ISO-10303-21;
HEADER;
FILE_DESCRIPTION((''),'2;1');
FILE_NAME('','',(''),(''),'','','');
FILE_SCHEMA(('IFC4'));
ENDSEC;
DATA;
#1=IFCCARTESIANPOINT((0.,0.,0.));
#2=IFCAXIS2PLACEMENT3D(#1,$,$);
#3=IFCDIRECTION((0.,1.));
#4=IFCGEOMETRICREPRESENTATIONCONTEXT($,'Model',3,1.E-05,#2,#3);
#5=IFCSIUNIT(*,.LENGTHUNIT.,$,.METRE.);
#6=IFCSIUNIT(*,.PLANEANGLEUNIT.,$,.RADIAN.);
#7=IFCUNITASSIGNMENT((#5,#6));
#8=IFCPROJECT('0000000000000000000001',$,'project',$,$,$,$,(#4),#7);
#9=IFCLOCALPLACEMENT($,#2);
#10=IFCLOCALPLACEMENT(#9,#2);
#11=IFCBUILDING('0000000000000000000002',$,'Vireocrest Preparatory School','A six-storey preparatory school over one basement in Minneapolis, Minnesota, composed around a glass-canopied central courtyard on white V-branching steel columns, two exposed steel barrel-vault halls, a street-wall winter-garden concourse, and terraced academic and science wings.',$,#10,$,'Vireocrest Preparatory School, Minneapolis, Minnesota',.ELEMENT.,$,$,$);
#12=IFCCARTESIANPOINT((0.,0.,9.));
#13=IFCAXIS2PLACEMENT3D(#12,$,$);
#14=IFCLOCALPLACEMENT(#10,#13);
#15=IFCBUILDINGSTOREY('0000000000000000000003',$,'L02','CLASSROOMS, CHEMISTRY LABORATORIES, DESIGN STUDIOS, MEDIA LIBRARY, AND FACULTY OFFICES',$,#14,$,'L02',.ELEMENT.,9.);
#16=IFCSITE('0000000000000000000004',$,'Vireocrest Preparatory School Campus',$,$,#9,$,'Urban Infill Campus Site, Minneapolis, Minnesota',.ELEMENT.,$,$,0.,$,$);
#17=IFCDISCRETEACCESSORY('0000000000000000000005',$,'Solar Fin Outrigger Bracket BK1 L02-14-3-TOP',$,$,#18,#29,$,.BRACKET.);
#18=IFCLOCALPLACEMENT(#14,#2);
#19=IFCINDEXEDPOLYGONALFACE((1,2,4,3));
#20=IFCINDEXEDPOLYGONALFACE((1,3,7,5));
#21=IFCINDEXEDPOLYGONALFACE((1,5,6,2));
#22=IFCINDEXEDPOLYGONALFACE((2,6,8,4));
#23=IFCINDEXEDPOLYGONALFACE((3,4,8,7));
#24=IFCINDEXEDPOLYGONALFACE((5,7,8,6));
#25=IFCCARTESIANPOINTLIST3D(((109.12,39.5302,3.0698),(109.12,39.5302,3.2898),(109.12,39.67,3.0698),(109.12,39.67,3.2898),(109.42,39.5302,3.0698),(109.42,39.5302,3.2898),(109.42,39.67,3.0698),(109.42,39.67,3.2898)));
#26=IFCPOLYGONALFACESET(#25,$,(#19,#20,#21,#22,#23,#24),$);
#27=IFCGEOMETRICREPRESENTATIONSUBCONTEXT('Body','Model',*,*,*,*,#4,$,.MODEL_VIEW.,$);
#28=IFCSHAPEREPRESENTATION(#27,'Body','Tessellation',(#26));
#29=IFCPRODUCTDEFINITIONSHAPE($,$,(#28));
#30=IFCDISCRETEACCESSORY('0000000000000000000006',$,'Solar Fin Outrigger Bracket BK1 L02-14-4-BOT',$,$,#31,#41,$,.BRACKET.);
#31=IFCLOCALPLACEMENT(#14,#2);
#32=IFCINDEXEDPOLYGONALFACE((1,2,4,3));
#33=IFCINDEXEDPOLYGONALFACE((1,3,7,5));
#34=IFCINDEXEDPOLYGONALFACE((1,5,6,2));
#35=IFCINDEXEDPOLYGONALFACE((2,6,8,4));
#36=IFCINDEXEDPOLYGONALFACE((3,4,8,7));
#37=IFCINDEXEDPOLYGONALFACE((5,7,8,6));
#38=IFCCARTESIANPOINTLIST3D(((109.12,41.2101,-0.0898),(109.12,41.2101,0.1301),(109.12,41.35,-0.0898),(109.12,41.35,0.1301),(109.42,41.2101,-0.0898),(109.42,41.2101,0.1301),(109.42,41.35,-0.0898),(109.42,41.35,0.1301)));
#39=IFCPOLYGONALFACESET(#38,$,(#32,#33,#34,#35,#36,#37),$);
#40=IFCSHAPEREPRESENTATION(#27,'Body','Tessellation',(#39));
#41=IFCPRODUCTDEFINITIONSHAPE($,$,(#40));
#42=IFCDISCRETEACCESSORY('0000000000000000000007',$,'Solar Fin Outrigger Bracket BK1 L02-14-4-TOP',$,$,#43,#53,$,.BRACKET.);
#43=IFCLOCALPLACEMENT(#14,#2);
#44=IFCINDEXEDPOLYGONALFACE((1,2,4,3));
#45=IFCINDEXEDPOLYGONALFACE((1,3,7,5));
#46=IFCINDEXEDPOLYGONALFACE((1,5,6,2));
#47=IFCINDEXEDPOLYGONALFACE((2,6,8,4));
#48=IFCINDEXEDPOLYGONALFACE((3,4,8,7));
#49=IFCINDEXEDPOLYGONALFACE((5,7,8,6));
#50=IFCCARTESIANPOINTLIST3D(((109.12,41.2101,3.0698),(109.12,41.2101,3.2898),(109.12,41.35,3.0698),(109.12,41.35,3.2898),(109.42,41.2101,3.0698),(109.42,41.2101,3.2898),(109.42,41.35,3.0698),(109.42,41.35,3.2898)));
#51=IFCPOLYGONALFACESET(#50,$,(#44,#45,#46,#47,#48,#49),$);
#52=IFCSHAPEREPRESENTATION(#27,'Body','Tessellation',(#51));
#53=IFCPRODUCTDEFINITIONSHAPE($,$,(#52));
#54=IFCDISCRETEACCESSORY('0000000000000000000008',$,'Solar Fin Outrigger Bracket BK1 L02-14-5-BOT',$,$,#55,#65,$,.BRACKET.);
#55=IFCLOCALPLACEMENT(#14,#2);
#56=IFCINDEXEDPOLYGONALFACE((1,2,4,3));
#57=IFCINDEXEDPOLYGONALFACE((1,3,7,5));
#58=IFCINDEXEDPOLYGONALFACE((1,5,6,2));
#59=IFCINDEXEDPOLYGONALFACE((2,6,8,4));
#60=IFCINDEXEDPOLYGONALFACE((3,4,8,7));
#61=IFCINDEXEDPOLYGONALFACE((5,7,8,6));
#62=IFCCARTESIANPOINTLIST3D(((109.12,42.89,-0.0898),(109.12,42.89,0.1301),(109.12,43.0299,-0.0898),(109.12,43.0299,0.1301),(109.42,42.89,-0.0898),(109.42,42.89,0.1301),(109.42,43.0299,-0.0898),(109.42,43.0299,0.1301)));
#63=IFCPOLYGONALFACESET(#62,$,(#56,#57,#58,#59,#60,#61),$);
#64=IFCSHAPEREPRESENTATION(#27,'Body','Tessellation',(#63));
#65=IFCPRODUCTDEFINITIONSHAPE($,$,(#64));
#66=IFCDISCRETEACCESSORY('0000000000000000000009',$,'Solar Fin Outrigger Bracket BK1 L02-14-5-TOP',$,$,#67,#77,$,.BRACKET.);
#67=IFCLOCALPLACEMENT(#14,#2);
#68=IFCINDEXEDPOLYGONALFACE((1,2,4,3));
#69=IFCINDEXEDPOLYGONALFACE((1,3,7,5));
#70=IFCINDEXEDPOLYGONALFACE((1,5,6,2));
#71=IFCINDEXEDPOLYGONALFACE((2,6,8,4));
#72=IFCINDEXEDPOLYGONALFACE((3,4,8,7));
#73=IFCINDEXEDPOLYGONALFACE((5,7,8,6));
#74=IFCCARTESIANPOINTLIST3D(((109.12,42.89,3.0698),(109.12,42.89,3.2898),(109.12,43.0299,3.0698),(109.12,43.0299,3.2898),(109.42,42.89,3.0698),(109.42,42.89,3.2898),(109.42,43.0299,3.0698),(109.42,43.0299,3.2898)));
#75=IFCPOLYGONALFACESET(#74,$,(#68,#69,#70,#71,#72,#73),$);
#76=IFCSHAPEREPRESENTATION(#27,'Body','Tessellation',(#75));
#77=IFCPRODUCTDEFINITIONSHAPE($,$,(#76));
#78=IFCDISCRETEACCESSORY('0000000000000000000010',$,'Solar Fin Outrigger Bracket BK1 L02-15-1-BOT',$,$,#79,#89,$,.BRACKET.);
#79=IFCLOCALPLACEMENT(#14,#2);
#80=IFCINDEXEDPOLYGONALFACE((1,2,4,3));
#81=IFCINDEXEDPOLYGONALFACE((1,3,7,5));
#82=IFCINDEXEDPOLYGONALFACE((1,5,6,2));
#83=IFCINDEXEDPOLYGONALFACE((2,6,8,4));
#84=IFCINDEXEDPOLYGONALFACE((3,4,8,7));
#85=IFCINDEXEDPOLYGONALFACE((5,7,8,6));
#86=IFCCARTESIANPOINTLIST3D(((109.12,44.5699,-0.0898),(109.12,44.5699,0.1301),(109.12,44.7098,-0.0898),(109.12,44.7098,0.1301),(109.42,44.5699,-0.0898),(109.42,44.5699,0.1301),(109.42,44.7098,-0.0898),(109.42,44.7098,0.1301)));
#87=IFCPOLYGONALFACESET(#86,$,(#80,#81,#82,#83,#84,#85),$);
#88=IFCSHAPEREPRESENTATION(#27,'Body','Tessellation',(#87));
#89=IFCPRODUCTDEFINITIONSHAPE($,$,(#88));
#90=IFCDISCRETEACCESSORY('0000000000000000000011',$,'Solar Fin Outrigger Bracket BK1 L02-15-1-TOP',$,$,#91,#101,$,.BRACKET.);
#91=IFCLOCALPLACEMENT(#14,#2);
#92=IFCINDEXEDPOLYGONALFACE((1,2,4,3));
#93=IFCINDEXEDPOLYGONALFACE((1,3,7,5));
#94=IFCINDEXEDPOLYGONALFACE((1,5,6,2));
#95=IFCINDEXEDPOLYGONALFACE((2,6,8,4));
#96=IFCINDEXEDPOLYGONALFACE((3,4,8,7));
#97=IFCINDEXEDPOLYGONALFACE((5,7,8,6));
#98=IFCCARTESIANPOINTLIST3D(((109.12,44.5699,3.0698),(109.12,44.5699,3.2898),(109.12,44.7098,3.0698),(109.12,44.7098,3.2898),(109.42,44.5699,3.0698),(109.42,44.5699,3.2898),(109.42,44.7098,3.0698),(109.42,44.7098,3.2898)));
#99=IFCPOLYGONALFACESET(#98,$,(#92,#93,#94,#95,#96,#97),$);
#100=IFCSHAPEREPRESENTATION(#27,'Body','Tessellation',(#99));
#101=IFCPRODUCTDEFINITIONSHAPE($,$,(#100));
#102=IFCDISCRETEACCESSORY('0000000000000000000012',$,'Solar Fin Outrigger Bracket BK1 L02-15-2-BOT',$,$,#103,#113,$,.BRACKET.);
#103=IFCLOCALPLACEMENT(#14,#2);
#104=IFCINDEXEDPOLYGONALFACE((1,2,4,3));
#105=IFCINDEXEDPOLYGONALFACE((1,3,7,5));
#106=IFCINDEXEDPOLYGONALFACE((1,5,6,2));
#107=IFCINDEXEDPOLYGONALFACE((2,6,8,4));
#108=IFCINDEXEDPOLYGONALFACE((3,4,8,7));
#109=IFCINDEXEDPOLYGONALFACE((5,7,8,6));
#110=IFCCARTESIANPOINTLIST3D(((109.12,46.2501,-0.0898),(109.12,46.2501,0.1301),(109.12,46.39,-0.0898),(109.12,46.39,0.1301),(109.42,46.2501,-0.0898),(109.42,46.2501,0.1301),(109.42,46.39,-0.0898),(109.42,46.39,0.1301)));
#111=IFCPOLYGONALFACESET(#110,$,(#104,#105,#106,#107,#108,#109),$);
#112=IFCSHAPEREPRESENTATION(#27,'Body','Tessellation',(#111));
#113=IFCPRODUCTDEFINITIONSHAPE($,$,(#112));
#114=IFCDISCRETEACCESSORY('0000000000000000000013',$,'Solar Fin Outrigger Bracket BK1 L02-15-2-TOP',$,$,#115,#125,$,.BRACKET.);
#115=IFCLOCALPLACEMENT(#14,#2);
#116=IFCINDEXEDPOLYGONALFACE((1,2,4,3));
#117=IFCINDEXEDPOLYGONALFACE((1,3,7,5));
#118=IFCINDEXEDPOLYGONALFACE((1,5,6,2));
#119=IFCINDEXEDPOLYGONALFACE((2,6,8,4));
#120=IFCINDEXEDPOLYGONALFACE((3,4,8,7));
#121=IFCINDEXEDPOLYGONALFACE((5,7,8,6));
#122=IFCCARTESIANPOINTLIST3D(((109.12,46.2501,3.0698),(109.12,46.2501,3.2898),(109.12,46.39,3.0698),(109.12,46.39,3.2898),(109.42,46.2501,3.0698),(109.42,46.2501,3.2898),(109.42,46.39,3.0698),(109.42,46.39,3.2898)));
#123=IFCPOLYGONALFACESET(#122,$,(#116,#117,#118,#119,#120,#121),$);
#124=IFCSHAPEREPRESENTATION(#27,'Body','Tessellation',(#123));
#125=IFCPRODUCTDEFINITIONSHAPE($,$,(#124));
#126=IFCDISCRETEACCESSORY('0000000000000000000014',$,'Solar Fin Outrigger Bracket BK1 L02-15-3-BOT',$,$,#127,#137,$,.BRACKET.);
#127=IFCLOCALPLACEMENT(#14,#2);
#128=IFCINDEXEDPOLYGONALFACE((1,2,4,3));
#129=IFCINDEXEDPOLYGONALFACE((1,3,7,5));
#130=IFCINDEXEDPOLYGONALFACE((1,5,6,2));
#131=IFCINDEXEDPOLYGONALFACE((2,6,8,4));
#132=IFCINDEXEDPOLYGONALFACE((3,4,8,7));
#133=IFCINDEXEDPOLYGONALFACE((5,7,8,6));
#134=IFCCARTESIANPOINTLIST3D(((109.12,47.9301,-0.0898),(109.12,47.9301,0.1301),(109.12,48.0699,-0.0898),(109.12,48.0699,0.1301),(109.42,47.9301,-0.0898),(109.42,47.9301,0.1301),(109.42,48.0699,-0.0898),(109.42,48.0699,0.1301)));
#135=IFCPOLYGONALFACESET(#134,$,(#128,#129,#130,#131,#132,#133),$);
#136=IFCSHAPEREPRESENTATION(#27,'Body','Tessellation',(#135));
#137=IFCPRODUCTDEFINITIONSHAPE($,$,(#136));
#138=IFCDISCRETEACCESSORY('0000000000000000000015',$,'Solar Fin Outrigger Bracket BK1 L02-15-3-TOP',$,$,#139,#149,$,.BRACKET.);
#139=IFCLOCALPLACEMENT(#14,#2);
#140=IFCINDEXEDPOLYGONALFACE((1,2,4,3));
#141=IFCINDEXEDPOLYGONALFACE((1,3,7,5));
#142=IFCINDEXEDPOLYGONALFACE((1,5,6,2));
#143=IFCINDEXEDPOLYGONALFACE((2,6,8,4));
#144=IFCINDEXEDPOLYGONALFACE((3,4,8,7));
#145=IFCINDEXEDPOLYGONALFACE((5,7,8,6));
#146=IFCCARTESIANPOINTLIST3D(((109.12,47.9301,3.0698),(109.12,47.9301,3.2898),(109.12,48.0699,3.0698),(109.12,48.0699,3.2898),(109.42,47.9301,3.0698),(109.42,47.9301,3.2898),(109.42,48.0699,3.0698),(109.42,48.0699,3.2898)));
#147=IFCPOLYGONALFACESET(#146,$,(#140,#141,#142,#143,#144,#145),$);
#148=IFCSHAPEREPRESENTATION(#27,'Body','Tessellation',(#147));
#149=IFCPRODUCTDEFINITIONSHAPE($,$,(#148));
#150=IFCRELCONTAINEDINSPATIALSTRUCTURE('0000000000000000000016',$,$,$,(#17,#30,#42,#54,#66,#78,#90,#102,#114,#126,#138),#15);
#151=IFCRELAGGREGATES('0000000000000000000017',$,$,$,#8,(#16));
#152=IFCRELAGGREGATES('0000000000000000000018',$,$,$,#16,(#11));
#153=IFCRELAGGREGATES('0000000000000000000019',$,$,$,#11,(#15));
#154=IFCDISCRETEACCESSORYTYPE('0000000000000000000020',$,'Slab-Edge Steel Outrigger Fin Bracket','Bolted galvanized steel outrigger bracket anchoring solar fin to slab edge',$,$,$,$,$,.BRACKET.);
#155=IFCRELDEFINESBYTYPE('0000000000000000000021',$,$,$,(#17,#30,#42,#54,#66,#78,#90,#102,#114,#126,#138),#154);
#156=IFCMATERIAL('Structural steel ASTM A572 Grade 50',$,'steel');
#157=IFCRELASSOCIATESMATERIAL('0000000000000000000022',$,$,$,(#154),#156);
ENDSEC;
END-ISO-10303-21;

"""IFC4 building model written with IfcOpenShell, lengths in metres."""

from ifc_helpers import new_model, si_unit, direction, frame, origin, origin_2d, place, context, subcontext, project, spatial, rectangle, extrude, material, type_object, element, save


model = new_model("IFC4")

# Units and contexts
model_context = context("Model", 3, precision=1e-05, world=origin(), true_north=direction((0.0, 1.0)))
body_context = subcontext(model_context, "Body", "Model", "MODEL_VIEW")
ifc_project = project(units=[si_unit("LENGTHUNIT", "METRE"), si_unit("PLANEANGLEUNIT", "RADIAN")], contexts=[model_context])

# Site, building, storey
site_placement = place(None, origin())
site = spatial("IfcSite", under=ifc_project, at=site_placement, Name="Vireocrest Preparatory School Campus", LongName="Urban Infill Campus Site, Minneapolis, Minnesota", CompositionType="ELEMENT", RefElevation=0.0)
building_placement = place(site_placement, origin())
building = spatial("IfcBuilding", under=site, at=building_placement, Name="Vireocrest Preparatory School", Description="A six-storey preparatory school over one basement in Minneapolis, Minnesota, composed around a glass-canopied central courtyard on white V-branching steel columns, two exposed steel barrel-vault halls, a street-wall winter-garden concourse, and terraced academic and science wings.", LongName="Vireocrest Preparatory School, Minneapolis, Minnesota", CompositionType="ELEMENT")
storey_placement = place(building_placement, frame((0.0, 0.0, 9.0)))
storey = spatial("IfcBuildingStorey", under=building, at=storey_placement, Name="L02", Description="CLASSROOMS, CHEMISTRY LABORATORIES, DESIGN STUDIOS, MEDIA LIBRARY, AND FACULTY OFFICES", LongName="L02", CompositionType="ELEMENT", Elevation=9.0)

# Discrete accessories
ifc_material_1 = material(Name="Structural steel ASTM A572 Grade 50", Category="steel")
discrete_accessory_type = type_object("IfcDiscreteAccessoryType", Name="Slab-Edge Steel Outrigger Fin Bracket", Description="Bolted galvanized steel outrigger bracket anchoring solar fin to slab edge", PredefinedType="BRACKET", material=ifc_material_1)
for number, where, z_axis, x_axis, name in (
    (1, (109.27, 39.6001, 3.0698), (0.0, 0.0, 1.0), (0.0, -1.0, 0.0), "Solar Fin Outrigger Bracket BK1 L02-14-3-TOP"),
    (2, (109.27, 41.28, -0.0898), (0.0, 0.0, 1.0), (0.0, -1.0, 0.0), "Solar Fin Outrigger Bracket BK1 L02-14-4-BOT"),
    (3, (109.27, 41.28, 3.0698), (0.0, 0.0, 1.0), (0.0, -1.0, 0.0), "Solar Fin Outrigger Bracket BK1 L02-14-4-TOP"),
    (4, (109.27, 42.96, -0.0898), (0.0, 0.0, 1.0), (0.0, -1.0, 0.0), "Solar Fin Outrigger Bracket BK1 L02-14-5-BOT"),
    (5, (109.27, 42.96, 3.0698), (0.0, 0.0, 1.0), (0.0, -1.0, 0.0), "Solar Fin Outrigger Bracket BK1 L02-14-5-TOP"),
    (6, (109.27, 44.6399, -0.0898), (0.0, 0.0, 1.0), (0.0, -1.0, 0.0), "Solar Fin Outrigger Bracket BK1 L02-15-1-BOT"),
    (7, (109.27, 44.6399, 3.0698), (0.0, 0.0, 1.0), (0.0, -1.0, 0.0), "Solar Fin Outrigger Bracket BK1 L02-15-1-TOP"),
    (8, (109.27, 46.3201, -0.0898), (0.0, 0.0, 1.0), (0.0, -1.0, 0.0), "Solar Fin Outrigger Bracket BK1 L02-15-2-BOT"),
    (9, (109.27, 46.3201, 3.0698), (0.0, 0.0, 1.0), (0.0, -1.0, 0.0), "Solar Fin Outrigger Bracket BK1 L02-15-2-TOP"),
    (10, (109.27, 48.0, -0.0898), (0.0, 0.0, 1.0), (0.0, -1.0, 0.0), "Solar Fin Outrigger Bracket BK1 L02-15-3-BOT"),
    (11, (109.27, 48.0, 3.0698), (0.0, 0.0, 1.0), (0.0, -1.0, 0.0), "Solar Fin Outrigger Bracket BK1 L02-15-3-TOP"),
):
    element("IfcDiscreteAccessory", number, at=place(storey_placement, frame(where, z_axis=z_axis, x_axis=x_axis)), inside=storey, type_object=discrete_accessory_type, Name=name, PredefinedType="BRACKET", context=body_context, shape_type="SweptSolid", body=[
        extrude(rectangle(XDim=0.1399, YDim=0.3, at=origin_2d()), origin(), (0.0, 0.0, 1.0), 0.22),
    ])

save(model, "model.ifc")
